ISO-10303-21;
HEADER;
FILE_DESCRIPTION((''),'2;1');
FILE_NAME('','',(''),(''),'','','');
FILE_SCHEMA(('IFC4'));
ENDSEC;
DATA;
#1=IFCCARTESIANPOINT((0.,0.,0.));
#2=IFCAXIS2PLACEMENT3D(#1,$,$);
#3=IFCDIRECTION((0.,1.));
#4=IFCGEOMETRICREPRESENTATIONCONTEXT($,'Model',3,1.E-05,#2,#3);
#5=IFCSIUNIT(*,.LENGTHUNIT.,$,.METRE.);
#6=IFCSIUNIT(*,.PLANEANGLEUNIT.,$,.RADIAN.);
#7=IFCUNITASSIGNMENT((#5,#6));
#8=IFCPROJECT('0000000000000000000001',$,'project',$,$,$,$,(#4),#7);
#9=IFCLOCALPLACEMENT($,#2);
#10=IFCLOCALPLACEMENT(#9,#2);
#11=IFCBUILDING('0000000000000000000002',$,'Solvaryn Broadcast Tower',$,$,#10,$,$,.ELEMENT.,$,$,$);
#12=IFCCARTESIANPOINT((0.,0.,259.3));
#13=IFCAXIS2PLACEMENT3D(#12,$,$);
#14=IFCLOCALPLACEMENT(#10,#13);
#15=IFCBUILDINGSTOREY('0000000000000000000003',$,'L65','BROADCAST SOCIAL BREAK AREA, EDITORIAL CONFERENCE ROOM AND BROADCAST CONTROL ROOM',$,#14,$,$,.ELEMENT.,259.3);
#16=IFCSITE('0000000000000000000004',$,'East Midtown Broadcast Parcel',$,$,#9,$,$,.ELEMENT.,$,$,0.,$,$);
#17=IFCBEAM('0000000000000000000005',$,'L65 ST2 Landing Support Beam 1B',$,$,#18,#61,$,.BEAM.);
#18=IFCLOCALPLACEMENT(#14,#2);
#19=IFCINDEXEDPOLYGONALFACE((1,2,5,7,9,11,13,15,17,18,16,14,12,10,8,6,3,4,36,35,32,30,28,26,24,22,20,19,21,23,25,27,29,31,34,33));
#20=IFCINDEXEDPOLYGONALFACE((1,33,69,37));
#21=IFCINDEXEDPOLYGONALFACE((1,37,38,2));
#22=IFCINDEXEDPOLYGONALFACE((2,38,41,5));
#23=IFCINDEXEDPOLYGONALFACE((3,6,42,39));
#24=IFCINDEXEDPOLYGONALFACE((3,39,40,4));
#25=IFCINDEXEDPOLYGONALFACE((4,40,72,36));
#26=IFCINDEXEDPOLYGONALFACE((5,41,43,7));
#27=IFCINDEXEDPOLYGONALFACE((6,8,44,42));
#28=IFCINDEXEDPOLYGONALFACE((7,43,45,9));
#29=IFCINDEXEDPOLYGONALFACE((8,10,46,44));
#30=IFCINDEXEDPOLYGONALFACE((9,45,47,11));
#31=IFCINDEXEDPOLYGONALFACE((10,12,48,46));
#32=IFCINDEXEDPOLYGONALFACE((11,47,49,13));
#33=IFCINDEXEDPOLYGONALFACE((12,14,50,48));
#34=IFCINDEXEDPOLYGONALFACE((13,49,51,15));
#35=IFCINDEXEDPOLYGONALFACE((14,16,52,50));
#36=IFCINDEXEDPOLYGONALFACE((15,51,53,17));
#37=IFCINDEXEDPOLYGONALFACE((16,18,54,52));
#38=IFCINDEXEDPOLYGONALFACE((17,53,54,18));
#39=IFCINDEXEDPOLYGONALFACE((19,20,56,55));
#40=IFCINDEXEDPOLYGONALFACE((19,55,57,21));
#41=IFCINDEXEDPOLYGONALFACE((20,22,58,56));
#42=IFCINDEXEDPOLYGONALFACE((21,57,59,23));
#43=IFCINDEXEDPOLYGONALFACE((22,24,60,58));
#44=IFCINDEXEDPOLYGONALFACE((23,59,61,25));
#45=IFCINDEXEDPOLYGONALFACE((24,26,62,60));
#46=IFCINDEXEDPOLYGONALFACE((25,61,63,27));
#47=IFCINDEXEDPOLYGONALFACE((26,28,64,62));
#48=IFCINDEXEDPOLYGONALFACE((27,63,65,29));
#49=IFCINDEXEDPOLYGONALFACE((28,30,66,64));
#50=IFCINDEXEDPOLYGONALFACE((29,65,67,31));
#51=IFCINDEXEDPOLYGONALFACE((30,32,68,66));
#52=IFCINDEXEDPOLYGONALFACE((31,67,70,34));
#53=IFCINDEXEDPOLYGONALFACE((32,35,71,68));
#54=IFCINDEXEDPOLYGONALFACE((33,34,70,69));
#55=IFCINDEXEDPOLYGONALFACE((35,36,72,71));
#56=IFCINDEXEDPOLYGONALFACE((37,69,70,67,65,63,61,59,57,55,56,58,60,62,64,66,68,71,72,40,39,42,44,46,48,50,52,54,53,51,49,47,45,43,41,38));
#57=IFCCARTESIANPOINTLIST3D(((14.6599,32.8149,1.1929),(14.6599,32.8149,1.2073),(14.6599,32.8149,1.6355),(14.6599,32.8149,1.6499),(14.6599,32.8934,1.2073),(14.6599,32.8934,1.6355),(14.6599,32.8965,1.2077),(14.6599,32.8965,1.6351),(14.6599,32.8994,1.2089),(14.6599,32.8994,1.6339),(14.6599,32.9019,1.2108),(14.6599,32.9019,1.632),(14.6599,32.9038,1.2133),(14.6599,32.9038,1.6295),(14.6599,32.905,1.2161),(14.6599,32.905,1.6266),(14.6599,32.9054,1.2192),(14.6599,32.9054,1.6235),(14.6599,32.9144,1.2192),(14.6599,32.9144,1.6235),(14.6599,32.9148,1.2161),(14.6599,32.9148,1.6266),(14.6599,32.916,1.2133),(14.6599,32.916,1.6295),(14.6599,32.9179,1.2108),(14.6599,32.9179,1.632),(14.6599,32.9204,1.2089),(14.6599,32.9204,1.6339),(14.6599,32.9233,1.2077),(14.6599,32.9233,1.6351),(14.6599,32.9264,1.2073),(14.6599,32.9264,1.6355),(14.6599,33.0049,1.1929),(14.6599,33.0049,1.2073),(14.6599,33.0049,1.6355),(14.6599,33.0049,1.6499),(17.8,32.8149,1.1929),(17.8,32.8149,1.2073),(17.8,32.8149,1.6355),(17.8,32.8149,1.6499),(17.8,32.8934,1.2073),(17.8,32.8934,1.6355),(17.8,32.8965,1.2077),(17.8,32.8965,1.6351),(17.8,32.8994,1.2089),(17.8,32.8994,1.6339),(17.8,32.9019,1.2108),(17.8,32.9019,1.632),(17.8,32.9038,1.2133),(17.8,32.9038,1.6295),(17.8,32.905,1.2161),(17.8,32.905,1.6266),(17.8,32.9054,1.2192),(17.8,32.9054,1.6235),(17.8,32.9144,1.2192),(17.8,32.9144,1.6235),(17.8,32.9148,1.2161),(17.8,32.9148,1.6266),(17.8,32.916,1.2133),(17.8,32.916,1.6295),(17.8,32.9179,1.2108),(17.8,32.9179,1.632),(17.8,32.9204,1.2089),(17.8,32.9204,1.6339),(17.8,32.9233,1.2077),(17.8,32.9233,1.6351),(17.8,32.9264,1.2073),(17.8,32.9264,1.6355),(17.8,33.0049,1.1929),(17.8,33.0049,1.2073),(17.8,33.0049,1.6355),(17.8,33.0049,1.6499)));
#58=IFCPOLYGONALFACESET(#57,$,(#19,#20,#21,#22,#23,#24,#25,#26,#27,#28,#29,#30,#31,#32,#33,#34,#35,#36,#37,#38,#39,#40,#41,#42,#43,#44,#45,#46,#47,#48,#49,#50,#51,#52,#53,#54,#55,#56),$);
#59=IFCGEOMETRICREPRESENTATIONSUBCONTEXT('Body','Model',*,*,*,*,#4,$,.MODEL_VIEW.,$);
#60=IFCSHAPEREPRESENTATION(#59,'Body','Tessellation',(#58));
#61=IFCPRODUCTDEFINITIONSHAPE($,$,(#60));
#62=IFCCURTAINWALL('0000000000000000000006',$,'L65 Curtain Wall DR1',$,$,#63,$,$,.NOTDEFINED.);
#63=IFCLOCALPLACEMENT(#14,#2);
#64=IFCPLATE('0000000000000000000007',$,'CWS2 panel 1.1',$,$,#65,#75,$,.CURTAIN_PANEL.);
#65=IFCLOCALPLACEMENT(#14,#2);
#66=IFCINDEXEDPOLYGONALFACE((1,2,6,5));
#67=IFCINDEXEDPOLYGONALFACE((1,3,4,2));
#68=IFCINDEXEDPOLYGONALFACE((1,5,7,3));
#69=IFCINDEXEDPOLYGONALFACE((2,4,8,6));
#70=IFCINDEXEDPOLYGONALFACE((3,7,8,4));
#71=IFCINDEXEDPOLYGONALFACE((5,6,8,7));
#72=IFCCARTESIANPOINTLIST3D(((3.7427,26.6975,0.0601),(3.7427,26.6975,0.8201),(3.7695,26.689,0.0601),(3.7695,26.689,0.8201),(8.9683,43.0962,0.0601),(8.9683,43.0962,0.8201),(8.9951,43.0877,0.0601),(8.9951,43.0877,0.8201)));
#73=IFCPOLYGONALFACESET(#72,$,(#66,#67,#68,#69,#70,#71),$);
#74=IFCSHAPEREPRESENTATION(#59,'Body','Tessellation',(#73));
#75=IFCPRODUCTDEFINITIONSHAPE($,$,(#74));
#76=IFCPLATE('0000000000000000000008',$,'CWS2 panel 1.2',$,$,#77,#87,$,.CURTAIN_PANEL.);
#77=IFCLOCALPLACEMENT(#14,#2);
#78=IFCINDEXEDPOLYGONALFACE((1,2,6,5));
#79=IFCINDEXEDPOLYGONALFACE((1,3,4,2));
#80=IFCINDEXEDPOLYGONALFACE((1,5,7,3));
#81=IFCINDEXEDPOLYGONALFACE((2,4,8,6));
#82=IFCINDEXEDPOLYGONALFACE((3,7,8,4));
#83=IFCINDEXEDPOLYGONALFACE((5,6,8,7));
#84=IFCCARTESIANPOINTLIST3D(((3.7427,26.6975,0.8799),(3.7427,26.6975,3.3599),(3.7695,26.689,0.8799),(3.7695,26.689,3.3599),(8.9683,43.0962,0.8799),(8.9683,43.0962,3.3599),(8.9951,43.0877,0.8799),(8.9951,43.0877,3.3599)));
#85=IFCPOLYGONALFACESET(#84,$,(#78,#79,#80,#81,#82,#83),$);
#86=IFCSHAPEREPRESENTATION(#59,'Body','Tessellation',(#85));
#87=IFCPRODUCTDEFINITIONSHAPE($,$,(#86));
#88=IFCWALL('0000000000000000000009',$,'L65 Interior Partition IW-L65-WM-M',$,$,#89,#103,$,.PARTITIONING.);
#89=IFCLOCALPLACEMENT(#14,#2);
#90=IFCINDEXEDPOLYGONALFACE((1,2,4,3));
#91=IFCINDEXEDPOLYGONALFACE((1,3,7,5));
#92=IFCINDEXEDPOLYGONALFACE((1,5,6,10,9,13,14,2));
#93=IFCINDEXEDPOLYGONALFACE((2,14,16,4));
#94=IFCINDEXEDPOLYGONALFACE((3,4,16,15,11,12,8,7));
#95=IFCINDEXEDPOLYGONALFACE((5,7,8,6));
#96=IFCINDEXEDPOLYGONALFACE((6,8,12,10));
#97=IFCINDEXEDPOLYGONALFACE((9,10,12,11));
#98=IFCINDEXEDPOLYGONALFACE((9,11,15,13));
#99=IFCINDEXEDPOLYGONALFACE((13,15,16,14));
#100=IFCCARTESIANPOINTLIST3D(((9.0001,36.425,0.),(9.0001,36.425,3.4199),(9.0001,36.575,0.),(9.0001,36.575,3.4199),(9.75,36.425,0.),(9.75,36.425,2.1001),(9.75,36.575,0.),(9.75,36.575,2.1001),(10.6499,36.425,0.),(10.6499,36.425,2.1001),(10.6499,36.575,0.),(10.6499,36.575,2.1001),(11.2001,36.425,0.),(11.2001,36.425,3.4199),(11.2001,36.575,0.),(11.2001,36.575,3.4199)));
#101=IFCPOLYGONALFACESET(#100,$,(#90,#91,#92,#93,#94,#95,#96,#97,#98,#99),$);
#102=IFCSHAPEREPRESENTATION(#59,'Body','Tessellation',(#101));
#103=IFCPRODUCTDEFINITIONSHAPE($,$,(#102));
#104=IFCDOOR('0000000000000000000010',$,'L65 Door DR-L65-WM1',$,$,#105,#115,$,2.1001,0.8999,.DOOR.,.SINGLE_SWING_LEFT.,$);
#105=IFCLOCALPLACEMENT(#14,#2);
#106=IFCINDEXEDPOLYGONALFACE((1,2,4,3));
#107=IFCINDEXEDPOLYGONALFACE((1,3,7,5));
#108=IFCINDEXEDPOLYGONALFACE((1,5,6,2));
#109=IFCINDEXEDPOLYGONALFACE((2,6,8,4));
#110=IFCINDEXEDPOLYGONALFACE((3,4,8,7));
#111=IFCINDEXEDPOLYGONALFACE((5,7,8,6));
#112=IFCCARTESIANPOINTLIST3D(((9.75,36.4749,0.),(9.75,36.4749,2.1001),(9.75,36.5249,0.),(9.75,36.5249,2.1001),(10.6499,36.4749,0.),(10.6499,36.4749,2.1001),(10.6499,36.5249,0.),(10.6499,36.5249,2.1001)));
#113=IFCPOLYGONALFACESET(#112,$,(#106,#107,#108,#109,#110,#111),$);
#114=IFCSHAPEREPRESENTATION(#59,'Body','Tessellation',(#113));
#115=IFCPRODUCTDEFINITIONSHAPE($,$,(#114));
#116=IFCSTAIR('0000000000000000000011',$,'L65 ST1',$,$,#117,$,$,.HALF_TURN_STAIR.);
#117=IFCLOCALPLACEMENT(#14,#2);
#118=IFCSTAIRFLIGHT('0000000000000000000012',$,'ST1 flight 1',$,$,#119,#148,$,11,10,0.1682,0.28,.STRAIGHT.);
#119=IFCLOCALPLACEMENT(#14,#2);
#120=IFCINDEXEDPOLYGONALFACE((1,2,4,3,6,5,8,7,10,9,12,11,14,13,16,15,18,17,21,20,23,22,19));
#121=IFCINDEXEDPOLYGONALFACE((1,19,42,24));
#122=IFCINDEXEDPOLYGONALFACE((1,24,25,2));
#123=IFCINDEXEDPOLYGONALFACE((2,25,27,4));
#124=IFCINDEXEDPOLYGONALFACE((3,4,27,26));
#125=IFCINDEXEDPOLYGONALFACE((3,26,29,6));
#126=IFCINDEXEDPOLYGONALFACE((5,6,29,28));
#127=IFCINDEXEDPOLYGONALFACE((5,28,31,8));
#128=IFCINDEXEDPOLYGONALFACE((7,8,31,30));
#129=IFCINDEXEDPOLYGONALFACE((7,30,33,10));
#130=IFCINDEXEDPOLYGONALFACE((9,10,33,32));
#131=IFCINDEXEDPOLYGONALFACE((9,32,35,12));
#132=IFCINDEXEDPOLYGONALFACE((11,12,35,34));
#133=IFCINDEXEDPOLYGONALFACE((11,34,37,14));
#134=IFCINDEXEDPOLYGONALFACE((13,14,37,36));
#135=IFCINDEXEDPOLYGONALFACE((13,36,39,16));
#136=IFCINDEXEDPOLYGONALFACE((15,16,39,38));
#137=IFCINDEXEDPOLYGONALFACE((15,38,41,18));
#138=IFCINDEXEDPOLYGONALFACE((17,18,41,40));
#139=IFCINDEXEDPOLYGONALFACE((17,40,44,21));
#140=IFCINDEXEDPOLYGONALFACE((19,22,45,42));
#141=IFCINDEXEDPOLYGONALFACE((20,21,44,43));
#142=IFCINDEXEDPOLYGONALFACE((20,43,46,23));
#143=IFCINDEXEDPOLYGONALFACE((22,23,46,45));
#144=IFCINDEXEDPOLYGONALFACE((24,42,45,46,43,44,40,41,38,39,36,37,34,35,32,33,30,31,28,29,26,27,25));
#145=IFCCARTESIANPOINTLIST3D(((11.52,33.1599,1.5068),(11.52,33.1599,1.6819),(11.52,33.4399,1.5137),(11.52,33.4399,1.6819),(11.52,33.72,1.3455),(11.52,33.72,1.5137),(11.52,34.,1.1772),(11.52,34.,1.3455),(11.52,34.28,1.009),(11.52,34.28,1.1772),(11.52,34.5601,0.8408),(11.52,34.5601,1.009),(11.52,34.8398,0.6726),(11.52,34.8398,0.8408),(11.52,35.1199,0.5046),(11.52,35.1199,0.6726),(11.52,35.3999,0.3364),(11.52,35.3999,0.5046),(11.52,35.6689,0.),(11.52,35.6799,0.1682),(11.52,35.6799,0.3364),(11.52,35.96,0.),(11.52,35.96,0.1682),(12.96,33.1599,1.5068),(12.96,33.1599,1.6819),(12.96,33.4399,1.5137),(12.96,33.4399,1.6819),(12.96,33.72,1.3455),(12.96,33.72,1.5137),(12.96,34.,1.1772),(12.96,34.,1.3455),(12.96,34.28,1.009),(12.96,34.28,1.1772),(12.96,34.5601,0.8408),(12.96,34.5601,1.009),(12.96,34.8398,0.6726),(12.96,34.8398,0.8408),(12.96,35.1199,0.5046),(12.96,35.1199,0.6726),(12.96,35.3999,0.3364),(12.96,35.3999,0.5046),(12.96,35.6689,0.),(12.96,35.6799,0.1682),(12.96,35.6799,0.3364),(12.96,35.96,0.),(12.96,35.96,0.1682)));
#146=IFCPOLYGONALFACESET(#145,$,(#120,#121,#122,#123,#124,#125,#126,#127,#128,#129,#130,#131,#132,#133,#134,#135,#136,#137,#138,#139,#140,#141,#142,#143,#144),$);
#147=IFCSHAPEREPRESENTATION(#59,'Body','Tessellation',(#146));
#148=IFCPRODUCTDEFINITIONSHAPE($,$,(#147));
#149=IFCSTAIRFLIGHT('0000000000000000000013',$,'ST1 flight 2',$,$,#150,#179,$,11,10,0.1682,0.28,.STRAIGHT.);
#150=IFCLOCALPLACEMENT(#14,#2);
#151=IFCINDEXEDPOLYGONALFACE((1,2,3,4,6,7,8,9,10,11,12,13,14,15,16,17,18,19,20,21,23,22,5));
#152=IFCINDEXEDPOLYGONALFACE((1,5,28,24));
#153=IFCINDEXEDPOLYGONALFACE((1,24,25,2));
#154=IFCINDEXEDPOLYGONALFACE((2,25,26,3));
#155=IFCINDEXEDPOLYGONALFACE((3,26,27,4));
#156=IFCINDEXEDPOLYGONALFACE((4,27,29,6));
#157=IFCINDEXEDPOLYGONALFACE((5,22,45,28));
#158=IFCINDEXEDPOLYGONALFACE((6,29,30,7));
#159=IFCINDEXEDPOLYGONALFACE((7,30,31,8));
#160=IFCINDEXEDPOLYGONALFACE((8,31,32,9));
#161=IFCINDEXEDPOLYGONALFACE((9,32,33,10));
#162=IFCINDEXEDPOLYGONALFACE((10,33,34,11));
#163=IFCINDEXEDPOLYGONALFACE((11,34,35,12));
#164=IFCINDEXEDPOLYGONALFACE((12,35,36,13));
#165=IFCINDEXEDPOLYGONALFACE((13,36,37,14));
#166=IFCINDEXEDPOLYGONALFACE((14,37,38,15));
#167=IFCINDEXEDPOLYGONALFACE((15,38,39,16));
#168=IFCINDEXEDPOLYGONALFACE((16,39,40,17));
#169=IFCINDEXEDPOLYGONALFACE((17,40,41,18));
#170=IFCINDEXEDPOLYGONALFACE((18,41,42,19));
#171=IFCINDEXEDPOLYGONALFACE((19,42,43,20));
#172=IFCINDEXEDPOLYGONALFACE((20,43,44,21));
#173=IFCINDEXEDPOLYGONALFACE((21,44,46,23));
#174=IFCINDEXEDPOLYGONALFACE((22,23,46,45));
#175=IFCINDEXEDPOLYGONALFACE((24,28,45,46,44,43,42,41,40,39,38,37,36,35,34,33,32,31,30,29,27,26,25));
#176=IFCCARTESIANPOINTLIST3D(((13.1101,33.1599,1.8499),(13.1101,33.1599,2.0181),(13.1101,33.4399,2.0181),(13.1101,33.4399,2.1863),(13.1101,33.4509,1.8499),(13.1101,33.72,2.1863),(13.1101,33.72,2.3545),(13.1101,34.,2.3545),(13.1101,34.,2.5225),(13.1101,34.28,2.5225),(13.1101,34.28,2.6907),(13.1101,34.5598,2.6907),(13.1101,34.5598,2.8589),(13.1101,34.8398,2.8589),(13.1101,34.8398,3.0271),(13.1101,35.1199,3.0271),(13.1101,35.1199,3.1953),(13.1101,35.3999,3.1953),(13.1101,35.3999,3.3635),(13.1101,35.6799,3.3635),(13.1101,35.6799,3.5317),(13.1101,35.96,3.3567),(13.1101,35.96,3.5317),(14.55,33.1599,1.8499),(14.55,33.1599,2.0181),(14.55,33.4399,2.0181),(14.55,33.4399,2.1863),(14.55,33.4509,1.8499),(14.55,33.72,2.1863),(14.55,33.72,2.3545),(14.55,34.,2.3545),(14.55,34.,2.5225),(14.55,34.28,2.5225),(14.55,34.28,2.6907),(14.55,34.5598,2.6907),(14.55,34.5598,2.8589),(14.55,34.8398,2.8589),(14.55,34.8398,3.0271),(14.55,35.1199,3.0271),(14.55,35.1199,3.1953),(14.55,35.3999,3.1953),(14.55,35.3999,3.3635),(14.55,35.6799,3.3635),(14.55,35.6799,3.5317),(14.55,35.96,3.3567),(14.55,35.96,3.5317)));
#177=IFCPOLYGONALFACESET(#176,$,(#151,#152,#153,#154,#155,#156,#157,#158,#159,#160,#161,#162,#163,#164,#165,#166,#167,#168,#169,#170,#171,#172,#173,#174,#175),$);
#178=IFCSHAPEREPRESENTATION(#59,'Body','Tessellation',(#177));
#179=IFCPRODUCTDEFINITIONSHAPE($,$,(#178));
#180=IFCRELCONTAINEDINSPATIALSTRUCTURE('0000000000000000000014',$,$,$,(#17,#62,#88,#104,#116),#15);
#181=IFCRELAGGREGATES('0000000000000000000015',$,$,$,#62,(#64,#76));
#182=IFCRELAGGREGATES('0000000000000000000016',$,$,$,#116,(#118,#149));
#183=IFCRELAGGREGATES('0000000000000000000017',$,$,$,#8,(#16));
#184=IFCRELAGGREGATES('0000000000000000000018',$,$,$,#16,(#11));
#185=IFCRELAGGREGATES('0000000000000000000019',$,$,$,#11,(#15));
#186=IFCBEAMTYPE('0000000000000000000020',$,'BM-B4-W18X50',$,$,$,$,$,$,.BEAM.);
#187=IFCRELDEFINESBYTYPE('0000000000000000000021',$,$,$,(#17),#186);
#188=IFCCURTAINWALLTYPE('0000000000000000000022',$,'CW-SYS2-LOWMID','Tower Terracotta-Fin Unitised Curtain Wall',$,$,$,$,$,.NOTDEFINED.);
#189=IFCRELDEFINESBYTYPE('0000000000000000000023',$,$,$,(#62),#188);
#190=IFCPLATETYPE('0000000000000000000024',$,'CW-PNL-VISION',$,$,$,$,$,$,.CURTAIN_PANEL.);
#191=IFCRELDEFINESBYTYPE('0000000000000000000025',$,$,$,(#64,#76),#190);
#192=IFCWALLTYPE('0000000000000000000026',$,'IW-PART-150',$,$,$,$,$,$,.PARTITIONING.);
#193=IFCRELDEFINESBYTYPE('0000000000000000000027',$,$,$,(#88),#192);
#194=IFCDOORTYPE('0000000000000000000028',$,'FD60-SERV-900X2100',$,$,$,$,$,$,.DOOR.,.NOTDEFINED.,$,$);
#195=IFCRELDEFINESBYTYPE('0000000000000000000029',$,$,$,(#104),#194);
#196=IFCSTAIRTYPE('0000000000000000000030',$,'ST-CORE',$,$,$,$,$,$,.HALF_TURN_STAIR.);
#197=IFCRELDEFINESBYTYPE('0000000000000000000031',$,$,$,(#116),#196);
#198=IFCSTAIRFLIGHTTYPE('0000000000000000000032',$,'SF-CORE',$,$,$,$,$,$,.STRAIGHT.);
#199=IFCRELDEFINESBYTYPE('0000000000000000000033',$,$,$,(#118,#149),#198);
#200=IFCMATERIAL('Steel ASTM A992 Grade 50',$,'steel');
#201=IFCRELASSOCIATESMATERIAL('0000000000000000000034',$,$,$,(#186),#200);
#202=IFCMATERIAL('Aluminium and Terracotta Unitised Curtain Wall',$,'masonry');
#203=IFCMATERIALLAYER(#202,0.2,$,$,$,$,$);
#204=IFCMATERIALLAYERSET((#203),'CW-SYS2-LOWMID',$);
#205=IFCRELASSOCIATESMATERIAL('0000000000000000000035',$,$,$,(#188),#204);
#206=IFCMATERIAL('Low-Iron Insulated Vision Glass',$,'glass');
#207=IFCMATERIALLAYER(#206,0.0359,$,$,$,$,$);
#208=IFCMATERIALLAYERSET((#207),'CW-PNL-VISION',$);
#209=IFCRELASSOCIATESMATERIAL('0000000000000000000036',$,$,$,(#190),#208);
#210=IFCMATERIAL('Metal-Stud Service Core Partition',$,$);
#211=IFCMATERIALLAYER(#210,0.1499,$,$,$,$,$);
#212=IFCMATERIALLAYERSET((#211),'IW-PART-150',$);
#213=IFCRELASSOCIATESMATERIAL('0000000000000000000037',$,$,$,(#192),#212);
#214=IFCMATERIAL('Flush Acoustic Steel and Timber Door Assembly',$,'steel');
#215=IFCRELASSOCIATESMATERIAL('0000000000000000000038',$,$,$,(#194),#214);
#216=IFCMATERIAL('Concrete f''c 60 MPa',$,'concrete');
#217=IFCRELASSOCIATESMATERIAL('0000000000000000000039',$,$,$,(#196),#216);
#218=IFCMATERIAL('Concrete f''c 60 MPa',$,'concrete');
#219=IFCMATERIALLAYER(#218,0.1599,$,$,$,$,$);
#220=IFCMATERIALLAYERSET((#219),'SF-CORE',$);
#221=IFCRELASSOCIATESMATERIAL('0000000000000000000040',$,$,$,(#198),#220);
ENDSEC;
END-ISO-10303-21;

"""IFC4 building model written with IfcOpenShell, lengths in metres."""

from ifc_helpers import new_model, si_unit, direction, frame, frame_2d, origin, origin_2d, place, context, subcontext, project, spatial, polyline, rectangle, i_section, outline, extrude, material, layer, layer_set, material_profile, profile_set, type_object, element, fill, aggregate, save


model = new_model("IFC4")

# Units and contexts
model_context = context("Model", 3, precision=1e-05, world=origin(), true_north=direction((0.0, 1.0)))
body_context = subcontext(model_context, "Body", "Model", "MODEL_VIEW")
ifc_project = project(units=[si_unit("LENGTHUNIT", "METRE"), si_unit("PLANEANGLEUNIT", "RADIAN")], contexts=[model_context])

# Site, building, storey
site_placement = place(None, origin())
site = spatial("IfcSite", under=ifc_project, at=site_placement, Name="East Midtown Broadcast Parcel", CompositionType="ELEMENT", RefElevation=0.0)
building_placement = place(site_placement, origin())
building = spatial("IfcBuilding", under=site, at=building_placement, Name="Solvaryn Broadcast Tower", CompositionType="ELEMENT")
storey_placement = place(building_placement, frame((0.0, 0.0, 259.3)))
storey = spatial("IfcBuildingStorey", under=building, at=storey_placement, Name="L65", Description="BROADCAST SOCIAL BREAK AREA, EDITORIAL CONFERENCE ROOM AND BROADCAST CONTROL ROOM", CompositionType="ELEMENT", Elevation=259.3)

# Beam
ifc_material_1 = material(Name="Steel ASTM A992 Grade 50", Category="steel")
ifc_material_profile_1 = material_profile(ifc_material_1, i_section(OverallWidth=0.1899, OverallDepth=0.457, WebThickness=0.009, FlangeThickness=0.0144, FilletRadius=0.012, at=origin_2d()))
ifc_profile_set_1 = profile_set([ifc_material_profile_1], Name="Steel ASTM A992 Grade 50")
beam_type_1 = type_object("IfcBeamType", Name="BM-B4-W18X50", PredefinedType="BEAM", material=ifc_profile_set_1)
beam_1_placement = place(storey_placement, frame((14.6599, 32.9099, 1.4214), z_axis=(1.0, 0.0, 0.0), x_axis=(0.0, 1.0, 0.0)))
element("IfcBeam", 1, at=beam_1_placement, inside=storey, type_object=beam_type_1, Name="L65 ST2 Landing Support Beam 1B", PredefinedType="BEAM", context=body_context, shape_type="SweptSolid", body=[
    extrude(i_section(OverallWidth=0.1899, OverallDepth=0.457, WebThickness=0.009, FlangeThickness=0.0144, FilletRadius=0.012, at=origin_2d()), origin(), (0.0, 0.0, 1.0), 3.1401),
])

# Curtain wall, plates
ifc_material_2 = material(Name="Aluminium and Terracotta Unitised Curtain Wall", Category="masonry")
ifc_layer_1 = layer(ifc_material_2, 0.2)
ifc_layer_set_1 = layer_set([ifc_layer_1], Name="CW-SYS2-LOWMID")
curtain_wall_type = type_object("IfcCurtainWallType", Name="CW-SYS2-LOWMID", Description="Tower Terracotta-Fin Unitised Curtain Wall", PredefinedType="NOTDEFINED", material=ifc_layer_set_1)
curtain_wall_placement = place(storey_placement, origin())
curtain_wall = element("IfcCurtainWall", 2, at=curtain_wall_placement, inside=storey, type_object=curtain_wall_type, Name="L65 Curtain Wall DR1", PredefinedType="NOTDEFINED")
ifc_material_3 = material(Name="Low-Iron Insulated Vision Glass", Category="glass")
ifc_layer_2 = layer(ifc_material_3, 0.0359)
ifc_layer_set_2 = layer_set([ifc_layer_2], Name="CW-PNL-VISION")
plate_type = type_object("IfcPlateType", Name="CW-PNL-VISION", PredefinedType="CURTAIN_PANEL", material=ifc_layer_set_2)
plate_1_placement = place(storey_placement, frame((6.3689, 34.8926, 0.0601), z_axis=(0.0, 0.0, 1.0), x_axis=(-0.303616, -0.952795, 0.0)))
plate_1 = element("IfcPlate", 3, at=plate_1_placement, type_object=plate_type, Name="CWS2 panel 1.1", PredefinedType="CURTAIN_PANEL", context=body_context, shape_type="SweptSolid", body=[
    extrude(rectangle(XDim=17.2112, YDim=0.0281, at=origin_2d()), origin(), (0.0, 0.0, 1.0), 0.76),
])
plate_2_placement = place(storey_placement, frame((6.3689, 34.8926, 0.8799), z_axis=(0.0, 0.0, 1.0), x_axis=(-0.303616, -0.952795, 0.0)))
plate_2 = element("IfcPlate", 4, at=plate_2_placement, type_object=plate_type, Name="CWS2 panel 1.2", PredefinedType="CURTAIN_PANEL", context=body_context, shape_type="SweptSolid", body=[
    extrude(rectangle(XDim=17.2112, YDim=0.0281, at=origin_2d()), origin(), (0.0, 0.0, 1.0), 2.48),
])
aggregate(curtain_wall, [plate_1, plate_2])

# Wall, opening, door
ifc_material_4 = material(Name="Metal-Stud Service Core Partition")
ifc_layer_3 = layer(ifc_material_4, 0.1499)
ifc_layer_set_3 = layer_set([ifc_layer_3], Name="IW-PART-150")
wall_type = type_object("IfcWallType", Name="IW-PART-150", PredefinedType="PARTITIONING", material=ifc_layer_set_3)
wall_placement = place(storey_placement, frame((9.0, 36.5, 0.0), z_axis=(0.0, 0.0, 1.0), x_axis=(1.0, 0.0, 0.0)))
wall = element("IfcWall", 5, at=wall_placement, inside=storey, type_object=wall_type, Name="L65 Interior Partition IW-L65-WM-M", PredefinedType="PARTITIONING", context=body_context, shape_type="SweptSolid", body=[
    extrude(rectangle(XDim=2.2, YDim=0.1499, at=frame_2d((1.1001, 0.0))), origin(), (0.0, 0.0, 1.0), 3.4199),
])
opening_placement = place(wall_placement, frame((0.75, 0.0, 0.0)))
opening = element("IfcOpeningElement", 6, at=opening_placement, cuts=wall, PredefinedType="OPENING", context=body_context, shape_type="SweptSolid", body=[
    extrude(rectangle(XDim=0.8999, YDim=2.1001, at=frame_2d((0.45, 1.05))), frame((0.0, 0.085, 0.0), z_axis=(0.0, -1.0, 0.0), x_axis=(1.0, 0.0, 0.0)), (0.0, 0.0, 1.0), 0.1699),
])
ifc_material_5 = material(Name="Flush Acoustic Steel and Timber Door Assembly", Category="steel")
door_type = type_object("IfcDoorType", Name="FD60-SERV-900X2100", OperationType="NOTDEFINED", PredefinedType="DOOR", material=ifc_material_5)
door_placement = place(opening_placement, origin())
door = element("IfcDoor", 7, at=door_placement, inside=storey, type_object=door_type, Name="L65 Door DR-L65-WM1", OperationType="SINGLE_SWING_LEFT", OverallHeight=2.1001, OverallWidth=0.8999, PredefinedType="DOOR", context=body_context, shape_type="SweptSolid", body=[
    extrude(rectangle(XDim=0.8999, YDim=2.1001, at=frame_2d((0.45, 1.05))), frame((0.0, 0.0249, 0.0), z_axis=(0.0, -1.0, 0.0), x_axis=(1.0, 0.0, 0.0)), (0.0, 0.0, 1.0), 0.05),
])
fill(opening, door)

# Stair, stair flights
ifc_material_6 = material(Name="Concrete f'c 60 MPa", Category="concrete")
stair_type = type_object("IfcStairType", Name="ST-CORE", PredefinedType="HALF_TURN_STAIR", material=ifc_material_6)
stair_placement = place(storey_placement, origin())
stair = element("IfcStair", 8, at=stair_placement, inside=storey, type_object=stair_type, Name="L65 ST1", PredefinedType="HALF_TURN_STAIR")
ifc_material_7 = material(Name="Concrete f'c 60 MPa", Category="concrete")
ifc_layer_4 = layer(ifc_material_7, 0.1599)
ifc_layer_set_4 = layer_set([ifc_layer_4], Name="SF-CORE")
stair_flight_type = type_object("IfcStairFlightType", Name="SF-CORE", PredefinedType="STRAIGHT", material=ifc_layer_set_4)
stair_flight_1_placement = place(storey_placement, frame((12.24, 35.96, 0.0), z_axis=(0.0, 0.0, 1.0), x_axis=(0.0, -1.0, 0.0)))
stair_flight_1 = element("IfcStairFlight", 9, at=stair_flight_1_placement, type_object=stair_flight_type, Name="ST1 flight 1", NumberOfRisers=11, NumberOfTreads=10, PredefinedType="STRAIGHT", RiserHeight=0.1682, TreadLength=0.28, context=body_context, shape_type="SweptSolid", body=[
    extrude(outline(polyline([(0.0, 0.0), (0.0, 0.1682), (0.28, 0.1682), (0.28, 0.3364), (0.5601, 0.3364), (0.5601, 0.5046), (0.8401, 0.5046), (0.8401, 0.6726), (1.1201, 0.6726), (1.1201, 0.8408), (1.3999, 0.8408), (1.3999, 1.009), (1.6799, 1.009), (1.6799, 1.1772), (1.96, 1.1772), (1.96, 1.3455), (2.24, 1.3455), (2.24, 1.5137), (2.52, 1.5137), (2.52, 1.6819), (2.8, 1.6819), (2.8, 1.8501), (2.8, 1.5068), (0.291, 0.0), (0.0, 0.0)])), frame((0.0, 0.72, 0.0), z_axis=(0.0, -1.0, 0.0), x_axis=(1.0, 0.0, 0.0)), (0.0, 0.0, 1.0), 1.4399),
])
stair_flight_2_placement = place(storey_placement, frame((13.8301, 33.1599, 1.8499), z_axis=(0.0, 0.0, 1.0), x_axis=(0.0, 1.0, 0.0)))
stair_flight_2 = element("IfcStairFlight", 10, at=stair_flight_2_placement, type_object=stair_flight_type, Name="ST1 flight 2", NumberOfRisers=11, NumberOfTreads=10, PredefinedType="STRAIGHT", RiserHeight=0.1682, TreadLength=0.28, context=body_context, shape_type="SweptSolid", body=[
    extrude(outline(polyline([(0.0, 0.0), (0.0, 0.1682), (0.28, 0.1682), (0.28, 0.3364), (0.5601, 0.3364), (0.5601, 0.5046), (0.8401, 0.5046), (0.8401, 0.6726), (1.1201, 0.6726), (1.1201, 0.8408), (1.3999, 0.8408), (1.3999, 1.009), (1.6799, 1.009), (1.6799, 1.1772), (1.96, 1.1772), (1.96, 1.3455), (2.24, 1.3455), (2.24, 1.5137), (2.52, 1.5137), (2.52, 1.6819), (2.8, 1.6819), (2.8, 1.8501), (2.8, 1.5068), (0.291, 0.0), (0.0, 0.0)])), frame((0.0, 0.72, 0.0), z_axis=(0.0, -1.0, 0.0), x_axis=(1.0, 0.0, 0.0)), (0.0, 0.0, 1.0), 1.4399),
])
aggregate(stair, [stair_flight_1, stair_flight_2])

save(model, "model.ifc")
